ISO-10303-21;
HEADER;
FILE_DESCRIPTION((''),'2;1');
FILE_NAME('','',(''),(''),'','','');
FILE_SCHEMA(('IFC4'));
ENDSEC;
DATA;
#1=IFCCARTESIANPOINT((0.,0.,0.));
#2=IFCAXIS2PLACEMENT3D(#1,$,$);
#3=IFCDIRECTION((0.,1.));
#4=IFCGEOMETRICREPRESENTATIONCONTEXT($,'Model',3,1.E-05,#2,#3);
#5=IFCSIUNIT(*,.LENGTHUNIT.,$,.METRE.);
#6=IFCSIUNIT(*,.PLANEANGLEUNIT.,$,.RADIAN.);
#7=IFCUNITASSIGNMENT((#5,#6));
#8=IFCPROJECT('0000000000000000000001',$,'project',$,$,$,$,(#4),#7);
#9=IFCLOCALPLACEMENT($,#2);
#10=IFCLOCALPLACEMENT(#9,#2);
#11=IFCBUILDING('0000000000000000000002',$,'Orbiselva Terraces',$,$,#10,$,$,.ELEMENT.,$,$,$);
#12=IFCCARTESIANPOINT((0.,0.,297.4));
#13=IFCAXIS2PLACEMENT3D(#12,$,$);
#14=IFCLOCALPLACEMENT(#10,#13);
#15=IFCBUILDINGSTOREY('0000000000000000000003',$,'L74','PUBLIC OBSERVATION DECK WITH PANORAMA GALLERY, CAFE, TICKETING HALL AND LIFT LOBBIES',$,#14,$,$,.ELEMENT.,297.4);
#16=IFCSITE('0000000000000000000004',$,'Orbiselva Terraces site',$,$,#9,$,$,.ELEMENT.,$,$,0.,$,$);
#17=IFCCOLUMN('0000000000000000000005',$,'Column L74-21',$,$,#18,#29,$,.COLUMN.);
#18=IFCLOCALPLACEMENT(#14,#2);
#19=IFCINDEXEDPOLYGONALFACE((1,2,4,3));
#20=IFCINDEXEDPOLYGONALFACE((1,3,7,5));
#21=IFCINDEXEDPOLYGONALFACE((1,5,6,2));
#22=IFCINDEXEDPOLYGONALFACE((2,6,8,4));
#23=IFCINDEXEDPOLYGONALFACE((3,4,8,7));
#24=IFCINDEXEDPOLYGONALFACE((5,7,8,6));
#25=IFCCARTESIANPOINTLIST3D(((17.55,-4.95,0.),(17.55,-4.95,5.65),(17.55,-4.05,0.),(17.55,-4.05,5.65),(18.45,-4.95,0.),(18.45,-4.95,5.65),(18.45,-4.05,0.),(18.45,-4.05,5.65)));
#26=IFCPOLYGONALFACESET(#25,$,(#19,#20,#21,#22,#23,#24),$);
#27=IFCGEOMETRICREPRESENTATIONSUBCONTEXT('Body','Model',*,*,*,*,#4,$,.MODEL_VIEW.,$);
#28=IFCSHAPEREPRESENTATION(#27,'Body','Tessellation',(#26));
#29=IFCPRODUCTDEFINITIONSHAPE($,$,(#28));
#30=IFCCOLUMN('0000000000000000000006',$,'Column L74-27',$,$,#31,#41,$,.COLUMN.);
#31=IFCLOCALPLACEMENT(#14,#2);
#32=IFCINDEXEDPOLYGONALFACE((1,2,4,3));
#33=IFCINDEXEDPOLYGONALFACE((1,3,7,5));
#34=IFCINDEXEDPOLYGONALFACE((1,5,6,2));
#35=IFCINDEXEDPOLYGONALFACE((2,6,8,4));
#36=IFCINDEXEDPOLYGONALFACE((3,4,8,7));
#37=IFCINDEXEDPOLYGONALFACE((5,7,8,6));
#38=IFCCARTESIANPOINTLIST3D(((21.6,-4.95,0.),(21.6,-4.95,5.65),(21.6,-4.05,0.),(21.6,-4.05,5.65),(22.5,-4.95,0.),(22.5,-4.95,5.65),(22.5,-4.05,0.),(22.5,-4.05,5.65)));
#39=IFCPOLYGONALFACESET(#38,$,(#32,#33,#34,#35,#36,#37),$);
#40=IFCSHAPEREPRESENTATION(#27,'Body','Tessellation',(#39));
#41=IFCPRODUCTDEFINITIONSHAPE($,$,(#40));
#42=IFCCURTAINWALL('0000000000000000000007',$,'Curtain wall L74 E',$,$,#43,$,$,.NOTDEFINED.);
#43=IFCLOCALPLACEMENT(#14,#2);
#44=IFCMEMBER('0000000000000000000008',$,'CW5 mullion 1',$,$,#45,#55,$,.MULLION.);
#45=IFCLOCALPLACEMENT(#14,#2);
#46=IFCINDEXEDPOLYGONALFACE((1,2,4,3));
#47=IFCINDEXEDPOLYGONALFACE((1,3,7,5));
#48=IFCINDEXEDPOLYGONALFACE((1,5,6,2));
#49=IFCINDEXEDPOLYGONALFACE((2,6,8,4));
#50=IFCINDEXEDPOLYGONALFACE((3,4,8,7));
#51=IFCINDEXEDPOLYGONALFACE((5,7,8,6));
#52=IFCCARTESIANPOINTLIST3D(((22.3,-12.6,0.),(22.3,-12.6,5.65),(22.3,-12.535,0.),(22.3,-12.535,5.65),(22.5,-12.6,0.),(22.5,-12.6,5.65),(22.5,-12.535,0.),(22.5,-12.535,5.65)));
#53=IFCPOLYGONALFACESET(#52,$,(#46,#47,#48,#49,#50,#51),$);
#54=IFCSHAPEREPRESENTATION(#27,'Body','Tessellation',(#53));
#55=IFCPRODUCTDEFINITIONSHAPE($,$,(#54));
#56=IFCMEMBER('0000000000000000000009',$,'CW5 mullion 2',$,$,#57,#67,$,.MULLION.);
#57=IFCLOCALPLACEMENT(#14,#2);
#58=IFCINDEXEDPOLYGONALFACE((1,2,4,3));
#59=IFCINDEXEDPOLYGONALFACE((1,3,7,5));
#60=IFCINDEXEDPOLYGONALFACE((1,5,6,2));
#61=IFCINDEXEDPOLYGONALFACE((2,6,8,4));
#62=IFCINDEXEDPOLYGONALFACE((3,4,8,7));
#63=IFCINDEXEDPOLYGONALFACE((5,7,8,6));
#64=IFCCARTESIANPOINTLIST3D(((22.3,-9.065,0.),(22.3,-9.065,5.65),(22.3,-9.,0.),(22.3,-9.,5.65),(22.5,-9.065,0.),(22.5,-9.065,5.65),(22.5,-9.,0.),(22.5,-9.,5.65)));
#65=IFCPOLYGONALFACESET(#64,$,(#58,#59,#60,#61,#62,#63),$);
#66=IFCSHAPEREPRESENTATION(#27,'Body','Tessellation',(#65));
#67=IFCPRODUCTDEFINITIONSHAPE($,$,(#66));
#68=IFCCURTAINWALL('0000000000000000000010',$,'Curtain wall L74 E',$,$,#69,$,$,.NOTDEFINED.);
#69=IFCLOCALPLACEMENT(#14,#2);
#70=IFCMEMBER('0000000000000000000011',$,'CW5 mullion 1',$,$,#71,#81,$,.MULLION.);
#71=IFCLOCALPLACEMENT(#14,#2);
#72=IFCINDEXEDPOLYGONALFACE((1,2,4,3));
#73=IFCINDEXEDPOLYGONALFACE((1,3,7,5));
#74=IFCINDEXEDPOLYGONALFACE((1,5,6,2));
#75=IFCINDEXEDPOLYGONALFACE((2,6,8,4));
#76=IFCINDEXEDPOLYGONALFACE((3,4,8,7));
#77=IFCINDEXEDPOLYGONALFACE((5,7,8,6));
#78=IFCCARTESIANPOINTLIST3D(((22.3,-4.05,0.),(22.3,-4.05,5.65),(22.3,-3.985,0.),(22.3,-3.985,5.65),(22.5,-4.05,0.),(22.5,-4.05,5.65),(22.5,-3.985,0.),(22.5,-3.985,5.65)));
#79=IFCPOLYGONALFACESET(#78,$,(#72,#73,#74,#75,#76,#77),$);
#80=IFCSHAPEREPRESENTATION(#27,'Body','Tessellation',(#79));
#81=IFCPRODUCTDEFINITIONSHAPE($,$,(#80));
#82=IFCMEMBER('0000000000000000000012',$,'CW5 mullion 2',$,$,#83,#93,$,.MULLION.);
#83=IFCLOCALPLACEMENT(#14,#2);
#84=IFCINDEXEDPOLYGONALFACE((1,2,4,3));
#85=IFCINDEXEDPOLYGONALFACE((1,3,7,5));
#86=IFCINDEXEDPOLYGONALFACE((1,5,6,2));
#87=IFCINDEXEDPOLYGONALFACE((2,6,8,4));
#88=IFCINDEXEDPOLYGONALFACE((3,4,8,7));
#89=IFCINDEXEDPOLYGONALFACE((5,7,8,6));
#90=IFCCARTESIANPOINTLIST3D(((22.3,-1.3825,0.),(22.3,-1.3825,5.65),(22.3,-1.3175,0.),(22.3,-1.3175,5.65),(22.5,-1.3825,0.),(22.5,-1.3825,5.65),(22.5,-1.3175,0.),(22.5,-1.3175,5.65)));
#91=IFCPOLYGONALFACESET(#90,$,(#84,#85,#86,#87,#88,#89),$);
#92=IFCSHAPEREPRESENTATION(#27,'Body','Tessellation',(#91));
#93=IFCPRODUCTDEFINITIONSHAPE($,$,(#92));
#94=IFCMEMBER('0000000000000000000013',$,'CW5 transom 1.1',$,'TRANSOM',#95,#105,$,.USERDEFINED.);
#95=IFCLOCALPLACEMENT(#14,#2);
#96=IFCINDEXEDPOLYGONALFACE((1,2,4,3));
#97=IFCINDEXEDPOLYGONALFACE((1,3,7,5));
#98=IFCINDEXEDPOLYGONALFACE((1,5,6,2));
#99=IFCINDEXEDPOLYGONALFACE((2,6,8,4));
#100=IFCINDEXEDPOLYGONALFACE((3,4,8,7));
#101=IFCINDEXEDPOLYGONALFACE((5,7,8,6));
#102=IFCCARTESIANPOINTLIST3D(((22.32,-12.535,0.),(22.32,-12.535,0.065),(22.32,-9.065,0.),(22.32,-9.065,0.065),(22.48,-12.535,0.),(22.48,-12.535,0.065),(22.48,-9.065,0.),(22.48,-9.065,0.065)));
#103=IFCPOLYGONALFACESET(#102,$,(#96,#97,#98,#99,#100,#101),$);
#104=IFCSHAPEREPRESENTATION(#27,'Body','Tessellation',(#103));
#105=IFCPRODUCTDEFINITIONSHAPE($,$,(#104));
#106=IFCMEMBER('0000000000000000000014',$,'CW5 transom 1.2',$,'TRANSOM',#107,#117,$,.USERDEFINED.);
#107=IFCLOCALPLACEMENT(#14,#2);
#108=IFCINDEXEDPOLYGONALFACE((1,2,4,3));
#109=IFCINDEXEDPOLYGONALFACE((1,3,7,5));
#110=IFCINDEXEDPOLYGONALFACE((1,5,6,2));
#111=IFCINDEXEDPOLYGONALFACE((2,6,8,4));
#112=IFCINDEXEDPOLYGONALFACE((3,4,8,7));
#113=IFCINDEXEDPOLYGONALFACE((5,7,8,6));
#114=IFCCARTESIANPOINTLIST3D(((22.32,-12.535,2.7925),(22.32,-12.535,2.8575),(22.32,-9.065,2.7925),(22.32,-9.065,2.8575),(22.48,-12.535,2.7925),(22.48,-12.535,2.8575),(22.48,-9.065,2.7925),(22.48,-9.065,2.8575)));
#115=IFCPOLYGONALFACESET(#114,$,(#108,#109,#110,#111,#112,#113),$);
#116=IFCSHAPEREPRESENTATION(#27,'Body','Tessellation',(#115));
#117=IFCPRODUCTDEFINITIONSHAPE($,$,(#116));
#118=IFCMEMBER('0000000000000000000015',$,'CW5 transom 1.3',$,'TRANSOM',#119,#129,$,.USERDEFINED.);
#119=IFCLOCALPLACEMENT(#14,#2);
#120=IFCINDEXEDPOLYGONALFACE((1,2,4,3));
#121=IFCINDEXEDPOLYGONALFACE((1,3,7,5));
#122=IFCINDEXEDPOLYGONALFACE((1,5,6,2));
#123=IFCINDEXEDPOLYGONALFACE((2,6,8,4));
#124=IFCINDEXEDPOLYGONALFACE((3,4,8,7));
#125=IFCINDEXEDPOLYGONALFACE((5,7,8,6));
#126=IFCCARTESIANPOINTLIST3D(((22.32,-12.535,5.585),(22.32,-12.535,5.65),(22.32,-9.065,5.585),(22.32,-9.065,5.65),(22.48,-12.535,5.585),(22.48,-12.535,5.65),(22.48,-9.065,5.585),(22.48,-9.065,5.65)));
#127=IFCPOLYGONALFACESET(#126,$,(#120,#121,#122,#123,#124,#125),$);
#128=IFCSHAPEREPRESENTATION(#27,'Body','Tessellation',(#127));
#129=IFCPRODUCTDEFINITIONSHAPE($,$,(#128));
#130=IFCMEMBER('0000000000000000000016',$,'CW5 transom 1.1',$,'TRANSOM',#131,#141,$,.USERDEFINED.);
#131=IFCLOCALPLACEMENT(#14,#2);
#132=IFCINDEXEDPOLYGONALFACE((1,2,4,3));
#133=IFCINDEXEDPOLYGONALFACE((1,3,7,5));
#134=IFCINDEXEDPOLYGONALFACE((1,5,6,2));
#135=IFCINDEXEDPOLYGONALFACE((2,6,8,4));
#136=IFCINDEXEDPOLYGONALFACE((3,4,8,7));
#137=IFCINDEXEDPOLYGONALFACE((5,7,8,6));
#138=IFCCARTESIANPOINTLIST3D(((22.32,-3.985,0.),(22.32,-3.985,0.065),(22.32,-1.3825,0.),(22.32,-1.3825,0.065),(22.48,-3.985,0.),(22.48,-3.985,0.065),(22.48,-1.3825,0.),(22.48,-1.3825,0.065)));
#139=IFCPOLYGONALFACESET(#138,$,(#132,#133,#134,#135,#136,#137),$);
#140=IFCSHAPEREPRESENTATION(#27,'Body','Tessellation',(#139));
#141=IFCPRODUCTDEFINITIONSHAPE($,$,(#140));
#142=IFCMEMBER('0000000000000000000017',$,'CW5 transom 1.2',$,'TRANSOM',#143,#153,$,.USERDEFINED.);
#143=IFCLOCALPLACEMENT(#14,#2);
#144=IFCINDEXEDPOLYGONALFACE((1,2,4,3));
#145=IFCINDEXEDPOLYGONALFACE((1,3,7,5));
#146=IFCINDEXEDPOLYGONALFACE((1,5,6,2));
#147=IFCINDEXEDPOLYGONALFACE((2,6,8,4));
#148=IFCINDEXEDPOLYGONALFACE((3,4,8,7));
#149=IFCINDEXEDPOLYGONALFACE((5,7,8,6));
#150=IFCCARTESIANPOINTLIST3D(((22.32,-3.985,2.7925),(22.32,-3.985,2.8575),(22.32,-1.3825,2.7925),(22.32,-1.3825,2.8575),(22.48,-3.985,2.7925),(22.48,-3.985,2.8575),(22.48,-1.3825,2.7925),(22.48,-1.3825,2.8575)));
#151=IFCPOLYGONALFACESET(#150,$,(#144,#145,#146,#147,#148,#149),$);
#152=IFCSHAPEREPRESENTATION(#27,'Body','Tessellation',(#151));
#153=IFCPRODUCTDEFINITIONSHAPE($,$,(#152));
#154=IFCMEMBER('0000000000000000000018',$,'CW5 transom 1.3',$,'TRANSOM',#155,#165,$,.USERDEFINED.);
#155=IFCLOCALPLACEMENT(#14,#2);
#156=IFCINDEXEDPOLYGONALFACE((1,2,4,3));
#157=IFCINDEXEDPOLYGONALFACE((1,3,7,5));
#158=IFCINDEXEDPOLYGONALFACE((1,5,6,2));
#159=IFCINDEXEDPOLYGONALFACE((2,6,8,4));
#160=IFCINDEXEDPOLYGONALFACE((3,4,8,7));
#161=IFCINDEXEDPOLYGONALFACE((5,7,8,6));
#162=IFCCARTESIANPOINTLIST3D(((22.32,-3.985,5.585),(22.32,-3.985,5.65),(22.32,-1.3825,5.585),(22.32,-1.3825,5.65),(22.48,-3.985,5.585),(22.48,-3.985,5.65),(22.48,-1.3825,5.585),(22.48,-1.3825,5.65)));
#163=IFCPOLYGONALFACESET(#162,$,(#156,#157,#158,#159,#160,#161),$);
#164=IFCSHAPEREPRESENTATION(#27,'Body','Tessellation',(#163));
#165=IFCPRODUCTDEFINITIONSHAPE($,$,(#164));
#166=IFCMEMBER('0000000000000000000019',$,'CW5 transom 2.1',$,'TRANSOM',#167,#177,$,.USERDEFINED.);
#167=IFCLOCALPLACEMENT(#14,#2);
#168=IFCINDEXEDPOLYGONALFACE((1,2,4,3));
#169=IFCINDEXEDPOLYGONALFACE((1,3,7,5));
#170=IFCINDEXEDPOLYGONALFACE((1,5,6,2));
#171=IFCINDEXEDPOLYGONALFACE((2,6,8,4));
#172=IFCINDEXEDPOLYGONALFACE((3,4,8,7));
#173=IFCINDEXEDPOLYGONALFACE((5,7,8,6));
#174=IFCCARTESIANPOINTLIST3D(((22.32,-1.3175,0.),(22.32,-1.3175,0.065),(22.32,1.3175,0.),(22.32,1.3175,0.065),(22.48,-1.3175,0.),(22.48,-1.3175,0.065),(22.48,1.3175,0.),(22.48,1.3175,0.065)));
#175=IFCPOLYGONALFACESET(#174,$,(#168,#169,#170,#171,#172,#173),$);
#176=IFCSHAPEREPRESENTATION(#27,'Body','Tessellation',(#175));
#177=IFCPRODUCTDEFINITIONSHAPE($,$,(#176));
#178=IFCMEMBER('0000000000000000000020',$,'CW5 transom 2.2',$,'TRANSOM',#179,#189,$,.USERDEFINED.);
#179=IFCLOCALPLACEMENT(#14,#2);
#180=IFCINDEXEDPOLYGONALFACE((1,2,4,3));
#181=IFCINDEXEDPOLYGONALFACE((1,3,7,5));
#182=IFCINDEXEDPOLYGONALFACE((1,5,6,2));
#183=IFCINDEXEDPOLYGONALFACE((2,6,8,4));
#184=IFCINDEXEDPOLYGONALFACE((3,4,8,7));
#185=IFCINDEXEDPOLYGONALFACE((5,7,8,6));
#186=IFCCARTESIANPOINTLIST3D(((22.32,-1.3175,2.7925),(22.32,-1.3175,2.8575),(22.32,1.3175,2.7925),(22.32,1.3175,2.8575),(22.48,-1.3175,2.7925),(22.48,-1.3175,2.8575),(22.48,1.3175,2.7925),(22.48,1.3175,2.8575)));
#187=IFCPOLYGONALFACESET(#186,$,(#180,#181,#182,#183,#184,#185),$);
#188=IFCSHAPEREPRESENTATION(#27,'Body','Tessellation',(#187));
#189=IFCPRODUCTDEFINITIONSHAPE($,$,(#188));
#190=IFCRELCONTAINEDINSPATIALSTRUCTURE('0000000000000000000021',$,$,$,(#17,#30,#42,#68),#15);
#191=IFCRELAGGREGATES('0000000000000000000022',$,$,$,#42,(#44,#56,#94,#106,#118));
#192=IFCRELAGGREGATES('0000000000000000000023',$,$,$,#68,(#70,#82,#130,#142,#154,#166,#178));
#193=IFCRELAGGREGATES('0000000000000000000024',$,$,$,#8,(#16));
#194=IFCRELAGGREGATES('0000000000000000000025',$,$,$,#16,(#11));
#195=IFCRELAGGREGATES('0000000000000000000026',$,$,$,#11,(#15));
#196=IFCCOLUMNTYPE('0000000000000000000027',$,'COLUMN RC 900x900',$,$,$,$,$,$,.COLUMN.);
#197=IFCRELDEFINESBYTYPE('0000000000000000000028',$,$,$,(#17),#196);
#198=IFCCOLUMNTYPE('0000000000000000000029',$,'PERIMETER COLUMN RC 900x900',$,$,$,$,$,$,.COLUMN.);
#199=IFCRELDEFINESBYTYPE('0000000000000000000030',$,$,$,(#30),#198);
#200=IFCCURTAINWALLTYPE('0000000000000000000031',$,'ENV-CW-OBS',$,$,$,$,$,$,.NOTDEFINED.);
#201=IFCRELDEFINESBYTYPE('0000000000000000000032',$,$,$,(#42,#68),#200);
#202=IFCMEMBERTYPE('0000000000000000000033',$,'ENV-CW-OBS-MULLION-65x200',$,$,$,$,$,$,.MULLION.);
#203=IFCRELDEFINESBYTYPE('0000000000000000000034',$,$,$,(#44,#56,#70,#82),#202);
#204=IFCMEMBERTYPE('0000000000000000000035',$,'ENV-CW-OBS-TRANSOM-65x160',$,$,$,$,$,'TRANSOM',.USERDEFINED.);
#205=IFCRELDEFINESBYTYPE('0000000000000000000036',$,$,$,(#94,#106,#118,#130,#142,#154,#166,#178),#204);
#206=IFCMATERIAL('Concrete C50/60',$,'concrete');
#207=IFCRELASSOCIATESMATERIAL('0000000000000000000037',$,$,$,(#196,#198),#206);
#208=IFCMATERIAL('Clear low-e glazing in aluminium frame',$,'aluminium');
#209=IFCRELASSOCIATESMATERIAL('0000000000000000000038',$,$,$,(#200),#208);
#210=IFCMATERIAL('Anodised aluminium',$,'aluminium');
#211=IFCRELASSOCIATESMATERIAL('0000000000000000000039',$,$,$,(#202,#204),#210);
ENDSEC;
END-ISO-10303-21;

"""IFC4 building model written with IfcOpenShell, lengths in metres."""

from ifc_helpers import new_model, si_unit, direction, frame, origin, origin_2d, place, context, subcontext, project, spatial, rectangle, extrude, material, material_profile, profile_set, type_object, element, aggregate, save


model = new_model("IFC4")

# Units and contexts
model_context = context("Model", 3, precision=1e-05, world=origin(), true_north=direction((0.0, 1.0)))
body_context = subcontext(model_context, "Body", "Model", "MODEL_VIEW")
ifc_project = project(units=[si_unit("LENGTHUNIT", "METRE"), si_unit("PLANEANGLEUNIT", "RADIAN")], contexts=[model_context])

# Site, building, storey
site_placement = place(None, origin())
site = spatial("IfcSite", under=ifc_project, at=site_placement, Name="Orbiselva Terraces site", CompositionType="ELEMENT", RefElevation=0.0)
building_placement = place(site_placement, origin())
building = spatial("IfcBuilding", under=site, at=building_placement, Name="Orbiselva Terraces", CompositionType="ELEMENT")
storey_placement = place(building_placement, frame((0.0, 0.0, 297.4)))
storey = spatial("IfcBuildingStorey", under=building, at=storey_placement, Name="L74", Description="PUBLIC OBSERVATION DECK WITH PANORAMA GALLERY, CAFE, TICKETING HALL AND LIFT LOBBIES", CompositionType="ELEMENT", Elevation=297.4)

# Columns
ifc_material_1 = material(Name="Concrete C50/60", Category="concrete")
ifc_material_profile_1 = material_profile(ifc_material_1, rectangle(XDim=0.9, YDim=0.9, at=origin_2d()), Name="RC 900x900")
ifc_profile_set_1 = profile_set([ifc_material_profile_1], Name="Concrete C50/60")
column_type_1 = type_object("IfcColumnType", Name="COLUMN RC 900x900", PredefinedType="COLUMN", material=ifc_profile_set_1)
column_1_placement = place(storey_placement, frame((18.0, -4.5, 0.0), z_axis=(0.0, 0.0, 1.0), x_axis=(1.0, 0.0, 0.0)))
element("IfcColumn", 1, at=column_1_placement, inside=storey, type_object=column_type_1, Name="Column L74-21", PredefinedType="COLUMN", context=body_context, shape_type="SweptSolid", body=[
    extrude(rectangle(XDim=0.9, YDim=0.9, at=origin_2d()), origin(), (0.0, 0.0, 1.0), 5.65),
])
ifc_material_profile_2 = material_profile(ifc_material_1, rectangle(XDim=0.9, YDim=0.9, at=origin_2d()), Name="RC 900x900")
ifc_profile_set_2 = profile_set([ifc_material_profile_2], Name="Concrete C50/60")
column_type_2 = type_object("IfcColumnType", Name="PERIMETER COLUMN RC 900x900", PredefinedType="COLUMN", material=ifc_profile_set_2)
column_2_placement = place(storey_placement, frame((22.05, -4.5, 0.0), z_axis=(0.0, 0.0, 1.0), x_axis=(1.0, 0.0, 0.0)))
element("IfcColumn", 2, at=column_2_placement, inside=storey, type_object=column_type_2, Name="Column L74-27", PredefinedType="COLUMN", context=body_context, shape_type="SweptSolid", body=[
    extrude(rectangle(XDim=0.9, YDim=0.9, at=origin_2d()), origin(), (0.0, 0.0, 1.0), 5.65),
])

# Curtain walls, members
ifc_material_2 = material(Name="Clear low-e glazing in aluminium frame", Category="aluminium")
curtain_wall_type = type_object("IfcCurtainWallType", Name="ENV-CW-OBS", PredefinedType="NOTDEFINED", material=ifc_material_2)
curtain_wall_1_placement = place(storey_placement, origin())
curtain_wall_1 = element("IfcCurtainWall", 3, at=curtain_wall_1_placement, inside=storey, type_object=curtain_wall_type, Name="Curtain wall L74 E", PredefinedType="NOTDEFINED")
ifc_material_3 = material(Name="Anodised aluminium", Category="aluminium")
ifc_material_profile_3 = material_profile(ifc_material_3, rectangle(XDim=0.2, YDim=0.065, at=origin_2d()), Name="AL 65x200")
ifc_profile_set_3 = profile_set([ifc_material_profile_3], Name="Anodised aluminium")
member_type_1 = type_object("IfcMemberType", Name="ENV-CW-OBS-MULLION-65x200", PredefinedType="MULLION", material=ifc_profile_set_3)
member_1_placement = place(storey_placement, frame((22.4, -12.5675, 0.0), z_axis=(0.0, 0.0, 1.0), x_axis=(-1.0, 0.0, 0.0)))
member_1 = element("IfcMember", 4, at=member_1_placement, type_object=member_type_1, Name="CW5 mullion 1", PredefinedType="MULLION", context=body_context, shape_type="SweptSolid", body=[
    extrude(rectangle(XDim=0.2, YDim=0.065, at=origin_2d()), origin(), (0.0, 0.0, 1.0), 5.65),
])
member_2_placement = place(storey_placement, frame((22.4, -9.0325, 0.0), z_axis=(0.0, 0.0, 1.0), x_axis=(-1.0, 0.0, 0.0)))
member_2 = element("IfcMember", 5, at=member_2_placement, type_object=member_type_1, Name="CW5 mullion 2", PredefinedType="MULLION", context=body_context, shape_type="SweptSolid", body=[
    extrude(rectangle(XDim=0.2, YDim=0.065, at=origin_2d()), origin(), (0.0, 0.0, 1.0), 5.65),
])
curtain_wall_2_placement = place(storey_placement, origin())
curtain_wall_2 = element("IfcCurtainWall", 6, at=curtain_wall_2_placement, inside=storey, type_object=curtain_wall_type, Name="Curtain wall L74 E", PredefinedType="NOTDEFINED")
member_3_placement = place(storey_placement, frame((22.4, -4.0175, 0.0), z_axis=(0.0, 0.0, 1.0), x_axis=(-1.0, 0.0, 0.0)))
member_3 = element("IfcMember", 7, at=member_3_placement, type_object=member_type_1, Name="CW5 mullion 1", PredefinedType="MULLION", context=body_context, shape_type="SweptSolid", body=[
    extrude(rectangle(XDim=0.2, YDim=0.065, at=origin_2d()), origin(), (0.0, 0.0, 1.0), 5.65),
])
member_4_placement = place(storey_placement, frame((22.4, -1.35, 0.0), z_axis=(0.0, 0.0, 1.0), x_axis=(-1.0, 0.0, 0.0)))
member_4 = element("IfcMember", 8, at=member_4_placement, type_object=member_type_1, Name="CW5 mullion 2", PredefinedType="MULLION", context=body_context, shape_type="SweptSolid", body=[
    extrude(rectangle(XDim=0.2, YDim=0.065, at=origin_2d()), origin(), (0.0, 0.0, 1.0), 5.65),
])

# Members
ifc_material_profile_4 = material_profile(ifc_material_3, rectangle(XDim=0.16, YDim=0.065, at=origin_2d()), Name="AL 65x160")
ifc_profile_set_4 = profile_set([ifc_material_profile_4], Name="Anodised aluminium")
member_type_2 = type_object("IfcMemberType", Name="ENV-CW-OBS-TRANSOM-65x160", ElementType="TRANSOM", PredefinedType="USERDEFINED", material=ifc_profile_set_4)
member_5_placement = place(storey_placement, frame((22.4, -12.535, 0.0325), z_axis=(0.0, 1.0, 0.0), x_axis=(-1.0, 0.0, 0.0)))
member_5 = element("IfcMember", 9, at=member_5_placement, type_object=member_type_2, Name="CW5 transom 1.1", ObjectType="TRANSOM", PredefinedType="USERDEFINED", context=body_context, shape_type="SweptSolid", body=[
    extrude(rectangle(XDim=0.16, YDim=0.065, at=origin_2d()), origin(), (0.0, 0.0, 1.0), 3.47),
])
member_6_placement = place(storey_placement, frame((22.4, -12.535, 2.825), z_axis=(0.0, 1.0, 0.0), x_axis=(-1.0, 0.0, 0.0)))
member_6 = element("IfcMember", 10, at=member_6_placement, type_object=member_type_2, Name="CW5 transom 1.2", ObjectType="TRANSOM", PredefinedType="USERDEFINED", context=body_context, shape_type="SweptSolid", body=[
    extrude(rectangle(XDim=0.16, YDim=0.065, at=origin_2d()), origin(), (0.0, 0.0, 1.0), 3.47),
])
member_7_placement = place(storey_placement, frame((22.4, -12.535, 5.6175), z_axis=(0.0, 1.0, 0.0), x_axis=(-1.0, 0.0, 0.0)))
member_7 = element("IfcMember", 11, at=member_7_placement, type_object=member_type_2, Name="CW5 transom 1.3", ObjectType="TRANSOM", PredefinedType="USERDEFINED", context=body_context, shape_type="SweptSolid", body=[
    extrude(rectangle(XDim=0.16, YDim=0.065, at=origin_2d()), origin(), (0.0, 0.0, 1.0), 3.47),
])
member_8_placement = place(storey_placement, frame((22.4, -3.985, 0.0325), z_axis=(0.0, 1.0, 0.0), x_axis=(-1.0, 0.0, 0.0)))
member_8 = element("IfcMember", 12, at=member_8_placement, type_object=member_type_2, Name="CW5 transom 1.1", ObjectType="TRANSOM", PredefinedType="USERDEFINED", context=body_context, shape_type="SweptSolid", body=[
    extrude(rectangle(XDim=0.16, YDim=0.065, at=origin_2d()), origin(), (0.0, 0.0, 1.0), 2.6025),
])
member_9_placement = place(storey_placement, frame((22.4, -3.985, 2.825), z_axis=(0.0, 1.0, 0.0), x_axis=(-1.0, 0.0, 0.0)))
member_9 = element("IfcMember", 13, at=member_9_placement, type_object=member_type_2, Name="CW5 transom 1.2", ObjectType="TRANSOM", PredefinedType="USERDEFINED", context=body_context, shape_type="SweptSolid", body=[
    extrude(rectangle(XDim=0.16, YDim=0.065, at=origin_2d()), origin(), (0.0, 0.0, 1.0), 2.6025),
])
member_10_placement = place(storey_placement, frame((22.4, -3.985, 5.6175), z_axis=(0.0, 1.0, 0.0), x_axis=(-1.0, 0.0, 0.0)))
member_10 = element("IfcMember", 14, at=member_10_placement, type_object=member_type_2, Name="CW5 transom 1.3", ObjectType="TRANSOM", PredefinedType="USERDEFINED", context=body_context, shape_type="SweptSolid", body=[
    extrude(rectangle(XDim=0.16, YDim=0.065, at=origin_2d()), origin(), (0.0, 0.0, 1.0), 2.6025),
])
member_11_placement = place(storey_placement, frame((22.4, -1.3175, 0.0325), z_axis=(0.0, 1.0, 0.0), x_axis=(-1.0, 0.0, 0.0)))
member_11 = element("IfcMember", 15, at=member_11_placement, type_object=member_type_2, Name="CW5 transom 2.1", ObjectType="TRANSOM", PredefinedType="USERDEFINED", context=body_context, shape_type="SweptSolid", body=[
    extrude(rectangle(XDim=0.16, YDim=0.065, at=origin_2d()), origin(), (0.0, 0.0, 1.0), 2.635),
])
member_12_placement = place(storey_placement, frame((22.4, -1.3175, 2.825), z_axis=(0.0, 1.0, 0.0), x_axis=(-1.0, 0.0, 0.0)))
member_12 = element("IfcMember", 16, at=member_12_placement, type_object=member_type_2, Name="CW5 transom 2.2", ObjectType="TRANSOM", PredefinedType="USERDEFINED", context=body_context, shape_type="SweptSolid", body=[
    extrude(rectangle(XDim=0.16, YDim=0.065, at=origin_2d()), origin(), (0.0, 0.0, 1.0), 2.635),
])

aggregate(curtain_wall_1, [member_1, member_2, member_5, member_6, member_7])
aggregate(curtain_wall_2, [member_3, member_4, member_8, member_9, member_10, member_11, member_12])

save(model, "model.ifc")
